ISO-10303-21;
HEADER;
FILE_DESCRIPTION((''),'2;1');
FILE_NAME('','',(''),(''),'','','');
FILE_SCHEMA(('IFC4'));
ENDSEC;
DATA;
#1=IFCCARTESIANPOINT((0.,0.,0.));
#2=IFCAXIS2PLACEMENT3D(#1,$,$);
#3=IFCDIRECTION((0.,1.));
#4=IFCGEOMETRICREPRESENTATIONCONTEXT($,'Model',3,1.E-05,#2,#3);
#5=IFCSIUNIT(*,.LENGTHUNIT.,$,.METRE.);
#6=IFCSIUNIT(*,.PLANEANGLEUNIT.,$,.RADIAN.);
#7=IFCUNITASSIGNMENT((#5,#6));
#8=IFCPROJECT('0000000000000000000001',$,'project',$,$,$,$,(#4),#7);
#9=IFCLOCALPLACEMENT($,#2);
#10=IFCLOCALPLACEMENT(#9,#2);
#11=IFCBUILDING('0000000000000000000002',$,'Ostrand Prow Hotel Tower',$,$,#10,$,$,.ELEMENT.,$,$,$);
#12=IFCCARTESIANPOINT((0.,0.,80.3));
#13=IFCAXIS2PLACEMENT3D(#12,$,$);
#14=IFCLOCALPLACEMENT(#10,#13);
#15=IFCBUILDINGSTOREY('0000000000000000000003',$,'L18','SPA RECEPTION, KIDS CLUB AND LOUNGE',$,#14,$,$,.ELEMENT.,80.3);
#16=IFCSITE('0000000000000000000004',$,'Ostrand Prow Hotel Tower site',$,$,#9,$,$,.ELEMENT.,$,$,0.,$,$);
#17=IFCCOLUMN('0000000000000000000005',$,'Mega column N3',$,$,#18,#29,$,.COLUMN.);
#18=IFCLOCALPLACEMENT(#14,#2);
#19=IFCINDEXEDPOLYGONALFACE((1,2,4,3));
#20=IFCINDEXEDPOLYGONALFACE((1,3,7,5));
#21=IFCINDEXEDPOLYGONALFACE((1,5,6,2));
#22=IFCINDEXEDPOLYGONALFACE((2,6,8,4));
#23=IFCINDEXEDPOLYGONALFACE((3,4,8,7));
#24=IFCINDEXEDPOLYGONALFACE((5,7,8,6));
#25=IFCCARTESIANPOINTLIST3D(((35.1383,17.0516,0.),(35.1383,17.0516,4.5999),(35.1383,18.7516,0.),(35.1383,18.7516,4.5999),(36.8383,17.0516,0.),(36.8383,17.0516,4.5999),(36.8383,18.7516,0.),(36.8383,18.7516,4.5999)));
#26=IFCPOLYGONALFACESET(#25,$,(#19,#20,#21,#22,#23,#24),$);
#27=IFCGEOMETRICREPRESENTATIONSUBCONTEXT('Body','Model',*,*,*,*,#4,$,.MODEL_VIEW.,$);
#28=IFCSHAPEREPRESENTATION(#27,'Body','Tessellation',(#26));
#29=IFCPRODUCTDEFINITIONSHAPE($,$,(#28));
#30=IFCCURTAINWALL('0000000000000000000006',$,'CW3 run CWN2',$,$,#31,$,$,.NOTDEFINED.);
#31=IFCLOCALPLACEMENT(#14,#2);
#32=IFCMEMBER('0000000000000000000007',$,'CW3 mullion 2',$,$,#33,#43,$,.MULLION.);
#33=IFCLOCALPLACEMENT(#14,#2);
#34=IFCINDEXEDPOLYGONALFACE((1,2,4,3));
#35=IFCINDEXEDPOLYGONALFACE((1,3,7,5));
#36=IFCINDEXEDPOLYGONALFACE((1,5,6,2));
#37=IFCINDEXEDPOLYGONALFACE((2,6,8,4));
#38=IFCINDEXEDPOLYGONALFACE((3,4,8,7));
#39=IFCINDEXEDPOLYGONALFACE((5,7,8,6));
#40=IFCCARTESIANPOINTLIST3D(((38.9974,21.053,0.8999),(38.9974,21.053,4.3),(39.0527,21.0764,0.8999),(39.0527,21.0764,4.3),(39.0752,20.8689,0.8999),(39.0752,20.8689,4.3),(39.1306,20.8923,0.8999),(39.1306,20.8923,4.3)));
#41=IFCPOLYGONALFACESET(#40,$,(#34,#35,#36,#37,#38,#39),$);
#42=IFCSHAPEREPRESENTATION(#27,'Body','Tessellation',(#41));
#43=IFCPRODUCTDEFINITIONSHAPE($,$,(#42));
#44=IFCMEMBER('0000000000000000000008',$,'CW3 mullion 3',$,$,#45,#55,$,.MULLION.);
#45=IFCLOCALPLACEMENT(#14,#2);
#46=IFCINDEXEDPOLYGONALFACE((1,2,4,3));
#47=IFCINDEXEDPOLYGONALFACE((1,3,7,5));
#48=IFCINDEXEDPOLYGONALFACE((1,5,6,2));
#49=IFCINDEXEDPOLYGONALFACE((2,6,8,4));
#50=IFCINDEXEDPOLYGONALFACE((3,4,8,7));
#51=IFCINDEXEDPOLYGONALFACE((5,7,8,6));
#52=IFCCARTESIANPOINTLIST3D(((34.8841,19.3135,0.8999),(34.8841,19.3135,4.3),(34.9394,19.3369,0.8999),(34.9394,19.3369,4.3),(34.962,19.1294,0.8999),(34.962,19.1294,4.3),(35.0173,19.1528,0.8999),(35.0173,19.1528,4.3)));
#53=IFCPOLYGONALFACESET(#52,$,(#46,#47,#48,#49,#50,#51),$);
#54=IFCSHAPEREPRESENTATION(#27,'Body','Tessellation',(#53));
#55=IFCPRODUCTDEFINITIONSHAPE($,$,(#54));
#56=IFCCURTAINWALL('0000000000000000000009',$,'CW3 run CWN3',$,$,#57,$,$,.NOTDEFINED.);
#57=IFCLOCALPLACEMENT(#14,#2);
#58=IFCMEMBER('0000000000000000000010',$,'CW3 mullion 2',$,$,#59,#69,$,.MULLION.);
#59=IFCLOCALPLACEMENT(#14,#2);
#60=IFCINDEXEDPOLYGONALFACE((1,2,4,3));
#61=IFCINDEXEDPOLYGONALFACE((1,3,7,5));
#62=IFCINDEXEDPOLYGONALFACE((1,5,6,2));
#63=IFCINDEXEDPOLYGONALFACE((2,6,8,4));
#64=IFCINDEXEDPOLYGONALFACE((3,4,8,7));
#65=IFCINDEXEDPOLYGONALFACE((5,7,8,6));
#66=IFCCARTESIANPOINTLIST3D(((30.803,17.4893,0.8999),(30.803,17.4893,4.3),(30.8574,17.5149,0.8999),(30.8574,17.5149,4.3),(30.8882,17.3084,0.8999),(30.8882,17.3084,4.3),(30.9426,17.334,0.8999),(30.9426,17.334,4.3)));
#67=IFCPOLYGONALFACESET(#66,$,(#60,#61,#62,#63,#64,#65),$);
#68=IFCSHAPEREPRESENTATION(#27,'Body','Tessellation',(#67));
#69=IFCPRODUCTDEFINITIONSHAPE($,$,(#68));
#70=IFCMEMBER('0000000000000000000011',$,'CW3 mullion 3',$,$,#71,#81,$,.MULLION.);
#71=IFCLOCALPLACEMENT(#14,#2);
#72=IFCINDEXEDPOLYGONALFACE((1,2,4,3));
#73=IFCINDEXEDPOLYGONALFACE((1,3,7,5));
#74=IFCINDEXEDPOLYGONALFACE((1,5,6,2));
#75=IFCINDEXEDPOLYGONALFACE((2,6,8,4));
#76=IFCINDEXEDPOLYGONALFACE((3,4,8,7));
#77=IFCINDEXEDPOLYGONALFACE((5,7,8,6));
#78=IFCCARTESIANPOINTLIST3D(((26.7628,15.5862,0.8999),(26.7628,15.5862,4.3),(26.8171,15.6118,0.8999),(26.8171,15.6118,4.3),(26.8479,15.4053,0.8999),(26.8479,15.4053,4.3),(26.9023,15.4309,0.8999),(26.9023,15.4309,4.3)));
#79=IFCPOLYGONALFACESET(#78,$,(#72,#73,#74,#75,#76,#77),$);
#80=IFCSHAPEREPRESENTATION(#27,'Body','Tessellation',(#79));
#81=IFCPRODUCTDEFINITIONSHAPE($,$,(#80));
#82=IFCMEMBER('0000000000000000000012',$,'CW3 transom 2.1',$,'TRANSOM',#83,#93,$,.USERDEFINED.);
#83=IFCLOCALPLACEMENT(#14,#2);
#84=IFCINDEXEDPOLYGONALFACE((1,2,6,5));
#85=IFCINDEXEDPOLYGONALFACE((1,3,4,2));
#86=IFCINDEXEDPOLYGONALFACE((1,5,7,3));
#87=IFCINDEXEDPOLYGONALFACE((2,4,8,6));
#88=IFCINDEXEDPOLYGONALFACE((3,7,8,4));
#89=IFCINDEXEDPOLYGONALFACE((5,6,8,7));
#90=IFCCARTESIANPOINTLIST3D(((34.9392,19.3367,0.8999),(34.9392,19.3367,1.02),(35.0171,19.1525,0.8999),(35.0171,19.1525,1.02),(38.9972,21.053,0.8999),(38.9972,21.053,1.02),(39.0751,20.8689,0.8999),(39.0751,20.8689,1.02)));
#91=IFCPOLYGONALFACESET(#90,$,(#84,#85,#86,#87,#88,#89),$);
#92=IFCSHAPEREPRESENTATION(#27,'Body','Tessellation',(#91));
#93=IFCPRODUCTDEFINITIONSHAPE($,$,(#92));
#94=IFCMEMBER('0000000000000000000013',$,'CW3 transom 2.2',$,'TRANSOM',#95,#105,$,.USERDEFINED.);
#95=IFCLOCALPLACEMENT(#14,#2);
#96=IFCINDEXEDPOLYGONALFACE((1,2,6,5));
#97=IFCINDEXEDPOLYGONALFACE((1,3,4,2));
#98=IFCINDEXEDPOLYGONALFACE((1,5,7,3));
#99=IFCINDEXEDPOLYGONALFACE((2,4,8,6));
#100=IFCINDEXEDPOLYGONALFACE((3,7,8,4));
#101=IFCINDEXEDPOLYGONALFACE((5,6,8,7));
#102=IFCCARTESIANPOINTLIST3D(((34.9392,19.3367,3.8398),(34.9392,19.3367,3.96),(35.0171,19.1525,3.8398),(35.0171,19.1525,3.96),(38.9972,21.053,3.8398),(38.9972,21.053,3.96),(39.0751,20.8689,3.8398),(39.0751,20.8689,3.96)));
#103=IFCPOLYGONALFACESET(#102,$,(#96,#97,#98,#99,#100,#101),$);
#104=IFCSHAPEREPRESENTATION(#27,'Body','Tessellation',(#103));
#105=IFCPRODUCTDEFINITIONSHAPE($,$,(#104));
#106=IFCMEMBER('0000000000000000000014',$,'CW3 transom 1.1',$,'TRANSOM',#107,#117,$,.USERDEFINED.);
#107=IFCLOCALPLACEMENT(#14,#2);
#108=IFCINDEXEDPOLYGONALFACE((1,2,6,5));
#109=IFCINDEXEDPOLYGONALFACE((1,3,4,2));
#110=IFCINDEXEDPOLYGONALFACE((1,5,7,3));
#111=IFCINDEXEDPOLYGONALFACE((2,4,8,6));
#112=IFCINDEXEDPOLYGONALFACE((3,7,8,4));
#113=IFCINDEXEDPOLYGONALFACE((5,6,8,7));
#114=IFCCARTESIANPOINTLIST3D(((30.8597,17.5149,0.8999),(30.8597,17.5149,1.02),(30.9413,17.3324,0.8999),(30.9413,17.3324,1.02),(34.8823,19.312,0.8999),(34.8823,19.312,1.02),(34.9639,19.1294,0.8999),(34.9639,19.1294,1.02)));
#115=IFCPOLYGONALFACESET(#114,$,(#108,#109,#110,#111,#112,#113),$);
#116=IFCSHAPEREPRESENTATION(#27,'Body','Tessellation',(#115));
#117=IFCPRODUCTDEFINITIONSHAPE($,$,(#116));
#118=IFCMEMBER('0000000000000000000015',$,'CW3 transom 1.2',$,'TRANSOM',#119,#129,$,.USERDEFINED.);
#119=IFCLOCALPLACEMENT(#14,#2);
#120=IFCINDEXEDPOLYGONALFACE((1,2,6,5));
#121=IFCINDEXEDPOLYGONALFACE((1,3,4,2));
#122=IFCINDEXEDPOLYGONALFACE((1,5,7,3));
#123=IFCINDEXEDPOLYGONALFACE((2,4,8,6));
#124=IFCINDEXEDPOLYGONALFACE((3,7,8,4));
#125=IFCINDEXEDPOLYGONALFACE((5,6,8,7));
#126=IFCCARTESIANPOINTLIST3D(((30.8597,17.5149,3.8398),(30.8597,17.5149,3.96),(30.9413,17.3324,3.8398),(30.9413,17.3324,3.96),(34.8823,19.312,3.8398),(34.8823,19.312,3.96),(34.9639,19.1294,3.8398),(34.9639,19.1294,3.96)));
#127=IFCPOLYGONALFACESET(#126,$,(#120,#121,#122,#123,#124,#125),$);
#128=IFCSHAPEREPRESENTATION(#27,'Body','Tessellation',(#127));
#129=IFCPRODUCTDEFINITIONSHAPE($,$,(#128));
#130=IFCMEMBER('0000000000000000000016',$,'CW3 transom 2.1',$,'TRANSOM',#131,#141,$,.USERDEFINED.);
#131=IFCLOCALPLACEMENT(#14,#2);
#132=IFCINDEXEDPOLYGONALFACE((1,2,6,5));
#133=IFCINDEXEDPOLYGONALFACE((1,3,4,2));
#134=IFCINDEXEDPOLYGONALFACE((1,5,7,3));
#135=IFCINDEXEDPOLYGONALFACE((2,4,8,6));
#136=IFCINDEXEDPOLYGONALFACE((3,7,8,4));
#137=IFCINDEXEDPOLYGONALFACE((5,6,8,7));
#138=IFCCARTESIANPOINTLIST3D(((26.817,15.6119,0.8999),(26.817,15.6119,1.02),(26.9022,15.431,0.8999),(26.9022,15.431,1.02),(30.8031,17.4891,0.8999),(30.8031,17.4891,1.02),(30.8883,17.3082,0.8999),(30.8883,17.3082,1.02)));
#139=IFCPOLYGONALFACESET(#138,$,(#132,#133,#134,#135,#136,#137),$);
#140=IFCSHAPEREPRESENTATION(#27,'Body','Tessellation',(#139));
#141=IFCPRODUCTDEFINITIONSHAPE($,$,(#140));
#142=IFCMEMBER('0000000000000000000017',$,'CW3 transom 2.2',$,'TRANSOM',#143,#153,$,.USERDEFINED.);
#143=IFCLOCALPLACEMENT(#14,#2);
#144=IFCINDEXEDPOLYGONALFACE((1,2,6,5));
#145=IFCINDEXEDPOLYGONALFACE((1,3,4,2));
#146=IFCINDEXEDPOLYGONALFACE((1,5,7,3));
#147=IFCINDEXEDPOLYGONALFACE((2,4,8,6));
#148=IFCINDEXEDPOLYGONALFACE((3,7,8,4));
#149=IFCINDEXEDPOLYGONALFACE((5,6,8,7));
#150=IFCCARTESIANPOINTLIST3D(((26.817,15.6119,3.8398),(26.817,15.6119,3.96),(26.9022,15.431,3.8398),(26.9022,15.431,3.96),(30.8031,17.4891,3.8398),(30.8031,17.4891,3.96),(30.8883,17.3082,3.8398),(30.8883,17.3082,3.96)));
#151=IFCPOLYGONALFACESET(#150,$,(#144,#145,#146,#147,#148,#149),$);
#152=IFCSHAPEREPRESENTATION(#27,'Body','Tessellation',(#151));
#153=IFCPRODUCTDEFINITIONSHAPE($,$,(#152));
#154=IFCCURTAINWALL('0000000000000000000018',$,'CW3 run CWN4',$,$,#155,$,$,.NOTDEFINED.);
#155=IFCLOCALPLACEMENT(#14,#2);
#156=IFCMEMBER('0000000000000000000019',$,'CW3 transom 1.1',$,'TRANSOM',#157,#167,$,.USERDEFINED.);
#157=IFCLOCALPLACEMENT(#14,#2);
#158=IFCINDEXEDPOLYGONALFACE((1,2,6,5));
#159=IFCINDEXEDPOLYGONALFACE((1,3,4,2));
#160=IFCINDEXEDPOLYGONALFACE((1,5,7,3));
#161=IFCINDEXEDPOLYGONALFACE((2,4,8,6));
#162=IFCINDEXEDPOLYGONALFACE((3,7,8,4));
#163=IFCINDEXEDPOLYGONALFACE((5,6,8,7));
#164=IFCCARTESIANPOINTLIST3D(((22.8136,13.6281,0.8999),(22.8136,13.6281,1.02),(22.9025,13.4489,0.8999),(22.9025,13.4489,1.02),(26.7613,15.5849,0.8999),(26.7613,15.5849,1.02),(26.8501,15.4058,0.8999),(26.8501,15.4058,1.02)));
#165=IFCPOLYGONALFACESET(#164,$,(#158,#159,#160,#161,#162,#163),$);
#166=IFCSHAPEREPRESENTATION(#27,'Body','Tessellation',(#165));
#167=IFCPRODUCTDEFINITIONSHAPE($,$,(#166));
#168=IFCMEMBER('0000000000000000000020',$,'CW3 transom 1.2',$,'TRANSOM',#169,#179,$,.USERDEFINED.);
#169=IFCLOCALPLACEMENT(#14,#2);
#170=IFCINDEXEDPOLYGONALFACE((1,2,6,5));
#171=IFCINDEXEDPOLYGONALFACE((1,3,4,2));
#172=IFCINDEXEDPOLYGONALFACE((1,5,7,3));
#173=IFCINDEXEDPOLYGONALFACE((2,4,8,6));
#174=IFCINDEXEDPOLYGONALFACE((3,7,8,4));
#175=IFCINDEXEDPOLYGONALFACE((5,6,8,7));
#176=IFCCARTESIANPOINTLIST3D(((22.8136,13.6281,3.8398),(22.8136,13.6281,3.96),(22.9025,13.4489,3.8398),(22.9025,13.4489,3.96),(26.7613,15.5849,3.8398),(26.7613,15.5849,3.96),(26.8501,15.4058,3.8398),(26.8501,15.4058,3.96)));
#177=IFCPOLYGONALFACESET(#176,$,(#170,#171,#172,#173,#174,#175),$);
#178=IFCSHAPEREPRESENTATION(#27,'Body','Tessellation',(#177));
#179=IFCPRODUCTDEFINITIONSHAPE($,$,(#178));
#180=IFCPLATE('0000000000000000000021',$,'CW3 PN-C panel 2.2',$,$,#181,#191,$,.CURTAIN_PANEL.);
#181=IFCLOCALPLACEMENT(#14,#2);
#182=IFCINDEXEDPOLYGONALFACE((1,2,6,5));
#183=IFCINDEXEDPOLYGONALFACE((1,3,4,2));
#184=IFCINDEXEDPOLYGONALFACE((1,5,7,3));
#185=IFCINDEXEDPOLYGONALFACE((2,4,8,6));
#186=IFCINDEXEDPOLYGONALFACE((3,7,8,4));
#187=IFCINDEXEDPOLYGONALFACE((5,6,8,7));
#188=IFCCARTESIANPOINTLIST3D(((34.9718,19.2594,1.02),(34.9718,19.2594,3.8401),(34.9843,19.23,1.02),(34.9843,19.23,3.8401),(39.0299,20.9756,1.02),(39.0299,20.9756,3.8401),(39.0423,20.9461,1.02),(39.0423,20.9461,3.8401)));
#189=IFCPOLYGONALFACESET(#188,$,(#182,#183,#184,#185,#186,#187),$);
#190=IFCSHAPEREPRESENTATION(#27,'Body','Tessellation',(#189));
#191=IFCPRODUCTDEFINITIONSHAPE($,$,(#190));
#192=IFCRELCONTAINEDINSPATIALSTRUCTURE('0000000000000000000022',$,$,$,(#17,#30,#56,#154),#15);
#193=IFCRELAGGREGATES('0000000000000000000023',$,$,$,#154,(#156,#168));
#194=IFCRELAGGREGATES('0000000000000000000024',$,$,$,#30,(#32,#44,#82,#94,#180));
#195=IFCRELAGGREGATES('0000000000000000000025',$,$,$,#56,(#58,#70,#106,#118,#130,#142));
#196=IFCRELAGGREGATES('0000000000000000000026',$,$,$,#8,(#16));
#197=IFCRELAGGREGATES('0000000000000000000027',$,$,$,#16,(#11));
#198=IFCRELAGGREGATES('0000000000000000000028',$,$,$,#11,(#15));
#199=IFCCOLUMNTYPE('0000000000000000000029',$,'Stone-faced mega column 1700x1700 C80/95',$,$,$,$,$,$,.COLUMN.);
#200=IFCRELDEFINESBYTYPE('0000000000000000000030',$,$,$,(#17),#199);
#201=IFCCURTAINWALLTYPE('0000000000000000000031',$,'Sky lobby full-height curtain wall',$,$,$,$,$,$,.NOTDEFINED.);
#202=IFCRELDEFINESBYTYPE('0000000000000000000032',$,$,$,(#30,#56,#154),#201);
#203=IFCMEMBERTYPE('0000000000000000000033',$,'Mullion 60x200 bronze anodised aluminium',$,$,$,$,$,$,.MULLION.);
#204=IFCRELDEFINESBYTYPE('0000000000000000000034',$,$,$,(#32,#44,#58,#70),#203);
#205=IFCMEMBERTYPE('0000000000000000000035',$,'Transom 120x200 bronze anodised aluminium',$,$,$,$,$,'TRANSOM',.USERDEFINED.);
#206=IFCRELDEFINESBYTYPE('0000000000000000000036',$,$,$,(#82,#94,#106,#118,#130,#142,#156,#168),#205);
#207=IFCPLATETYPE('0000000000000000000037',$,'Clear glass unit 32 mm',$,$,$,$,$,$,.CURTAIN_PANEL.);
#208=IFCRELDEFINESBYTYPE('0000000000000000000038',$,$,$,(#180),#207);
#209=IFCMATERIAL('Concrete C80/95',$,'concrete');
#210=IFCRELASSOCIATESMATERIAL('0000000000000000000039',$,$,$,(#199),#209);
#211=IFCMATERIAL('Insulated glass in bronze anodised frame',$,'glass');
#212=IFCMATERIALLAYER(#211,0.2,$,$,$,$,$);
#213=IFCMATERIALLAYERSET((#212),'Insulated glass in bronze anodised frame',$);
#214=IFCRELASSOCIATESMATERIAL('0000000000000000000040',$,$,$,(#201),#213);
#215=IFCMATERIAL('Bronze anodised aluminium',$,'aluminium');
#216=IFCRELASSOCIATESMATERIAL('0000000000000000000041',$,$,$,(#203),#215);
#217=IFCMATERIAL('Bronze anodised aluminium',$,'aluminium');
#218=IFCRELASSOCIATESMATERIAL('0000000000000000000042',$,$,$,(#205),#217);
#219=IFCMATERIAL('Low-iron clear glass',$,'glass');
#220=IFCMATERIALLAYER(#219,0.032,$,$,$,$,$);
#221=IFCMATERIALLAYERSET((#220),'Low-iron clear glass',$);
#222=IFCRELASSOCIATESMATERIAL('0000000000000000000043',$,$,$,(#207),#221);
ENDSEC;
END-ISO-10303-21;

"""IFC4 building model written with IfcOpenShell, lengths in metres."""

from ifc_helpers import new_model, si_unit, direction, frame, origin, origin_2d, place, context, subcontext, project, spatial, rectangle, extrude, material, layer, layer_set, material_profile, profile_set, type_object, element, aggregate, save


model = new_model("IFC4")

# Units and contexts
model_context = context("Model", 3, precision=1e-05, world=origin(), true_north=direction((0.0, 1.0)))
body_context = subcontext(model_context, "Body", "Model", "MODEL_VIEW")
ifc_project = project(units=[si_unit("LENGTHUNIT", "METRE"), si_unit("PLANEANGLEUNIT", "RADIAN")], contexts=[model_context])

# Site, building, storey
site_placement = place(None, origin())
site = spatial("IfcSite", under=ifc_project, at=site_placement, Name="Ostrand Prow Hotel Tower site", CompositionType="ELEMENT", RefElevation=0.0)
building_placement = place(site_placement, origin())
building = spatial("IfcBuilding", under=site, at=building_placement, Name="Ostrand Prow Hotel Tower", CompositionType="ELEMENT")
storey_placement = place(building_placement, frame((0.0, 0.0, 80.3)))
storey = spatial("IfcBuildingStorey", under=building, at=storey_placement, Name="L18", Description="SPA RECEPTION, KIDS CLUB AND LOUNGE", CompositionType="ELEMENT", Elevation=80.3)

# Column
ifc_material_1 = material(Name="Concrete C80/95", Category="concrete")
ifc_material_profile_1 = material_profile(ifc_material_1, rectangle(XDim=1.7, YDim=1.7, at=origin_2d()), Name="RC 1700x1700")
ifc_profile_set_1 = profile_set([ifc_material_profile_1], Name="Concrete C80/95")
column_type = type_object("IfcColumnType", Name="Stone-faced mega column 1700x1700 C80/95", PredefinedType="COLUMN", material=ifc_profile_set_1)
column_placement = place(storey_placement, frame((35.9883, 17.9016, 0.0), z_axis=(0.0, 0.0, 1.0), x_axis=(1.0, 0.0, 0.0)))
element("IfcColumn", 1, at=column_placement, inside=storey, type_object=column_type, Name="Mega column N3", PredefinedType="COLUMN", context=body_context, shape_type="SweptSolid", body=[
    extrude(rectangle(XDim=1.7, YDim=1.7, at=origin_2d()), origin(), (0.0, 0.0, 1.0), 4.5999),
])

# Curtain walls, members
ifc_material_2 = material(Name="Insulated glass in bronze anodised frame", Category="glass")
ifc_layer_1 = layer(ifc_material_2, 0.2)
ifc_layer_set_1 = layer_set([ifc_layer_1], Name="Insulated glass in bronze anodised frame")
curtain_wall_type = type_object("IfcCurtainWallType", Name="Sky lobby full-height curtain wall", PredefinedType="NOTDEFINED", material=ifc_layer_set_1)
curtain_wall_1_placement = place(storey_placement, origin())
curtain_wall_1 = element("IfcCurtainWall", 2, at=curtain_wall_1_placement, inside=storey, type_object=curtain_wall_type, Name="CW3 run CWN2", PredefinedType="NOTDEFINED")
ifc_material_3 = material(Name="Bronze anodised aluminium", Category="aluminium")
ifc_material_profile_2 = material_profile(ifc_material_3, rectangle(XDim=0.2, YDim=0.0601, at=origin_2d()), Name="Mullion 60x200 bronze anodised aluminium")
ifc_profile_set_2 = profile_set([ifc_material_profile_2], Name="Bronze anodised aluminium")
member_type_1 = type_object("IfcMemberType", Name="Mullion 60x200 bronze anodised aluminium", PredefinedType="MULLION", material=ifc_profile_set_2)
member_1_placement = place(storey_placement, frame((39.064, 20.9727, 0.8999), z_axis=(0.0, 0.0, 1.0), x_axis=(0.389507, -0.921024, 0.0)))
member_1 = element("IfcMember", 3, at=member_1_placement, type_object=member_type_1, Name="CW3 mullion 2", PredefinedType="MULLION", context=body_context, shape_type="SweptSolid", body=[
    extrude(rectangle(XDim=0.2, YDim=0.0601, at=origin_2d()), origin(), (0.0, 0.0, 1.0), 3.4001),
])
member_2_placement = place(storey_placement, frame((34.9507, 19.2332, 0.8999), z_axis=(0.0, 0.0, 1.0), x_axis=(0.389507, -0.921024, 0.0)))
member_2 = element("IfcMember", 4, at=member_2_placement, type_object=member_type_1, Name="CW3 mullion 3", PredefinedType="MULLION", context=body_context, shape_type="SweptSolid", body=[
    extrude(rectangle(XDim=0.2, YDim=0.0601, at=origin_2d()), origin(), (0.0, 0.0, 1.0), 3.4001),
])
curtain_wall_2_placement = place(storey_placement, origin())
curtain_wall_2 = element("IfcCurtainWall", 5, at=curtain_wall_2_placement, inside=storey, type_object=curtain_wall_type, Name="CW3 run CWN3", PredefinedType="NOTDEFINED")
member_3_placement = place(storey_placement, frame((30.8728, 17.4116, 0.8999), z_axis=(0.0, 0.0, 1.0), x_axis=(0.426079, -0.904686, 0.0)))
member_3 = element("IfcMember", 6, at=member_3_placement, type_object=member_type_1, Name="CW3 mullion 2", PredefinedType="MULLION", context=body_context, shape_type="SweptSolid", body=[
    extrude(rectangle(XDim=0.2, YDim=0.0601, at=origin_2d()), origin(), (0.0, 0.0, 1.0), 3.4001),
])
member_4_placement = place(storey_placement, frame((26.8325, 15.5085, 0.8999), z_axis=(0.0, 0.0, 1.0), x_axis=(0.426079, -0.904686, 0.0)))
member_4 = element("IfcMember", 7, at=member_4_placement, type_object=member_type_1, Name="CW3 mullion 3", PredefinedType="MULLION", context=body_context, shape_type="SweptSolid", body=[
    extrude(rectangle(XDim=0.2, YDim=0.0601, at=origin_2d()), origin(), (0.0, 0.0, 1.0), 3.4001),
])

# Members
ifc_material_4 = material(Name="Bronze anodised aluminium", Category="aluminium")
ifc_material_profile_3 = material_profile(ifc_material_4, rectangle(XDim=0.2, YDim=0.1201, at=origin_2d()), Name="Transom 120x200 bronze anodised aluminium")
ifc_profile_set_3 = profile_set([ifc_material_profile_3], Name="Bronze anodised aluminium")
member_type_2 = type_object("IfcMemberType", Name="Transom 120x200 bronze anodised aluminium", ElementType="TRANSOM", PredefinedType="USERDEFINED", material=ifc_profile_set_3)
member_5_placement = place(storey_placement, frame((39.0361, 20.9609, 0.96), z_axis=(-0.921006, -0.389548, 0.0), x_axis=(0.389548, -0.921006, 0.0)))
member_5 = element("IfcMember", 8, at=member_5_placement, type_object=member_type_2, Name="CW3 transom 2.1", ObjectType="TRANSOM", PredefinedType="USERDEFINED", context=body_context, shape_type="SweptSolid", body=[
    extrude(rectangle(XDim=0.2, YDim=0.1201, at=origin_2d()), origin(), (0.0, 0.0, 1.0), 4.406),
])
member_6_placement = place(storey_placement, frame((39.0361, 20.9609, 3.8999), z_axis=(-0.921006, -0.389548, 0.0), x_axis=(0.389548, -0.921006, 0.0)))
member_6 = element("IfcMember", 9, at=member_6_placement, type_object=member_type_2, Name="CW3 transom 2.2", ObjectType="TRANSOM", PredefinedType="USERDEFINED", context=body_context, shape_type="SweptSolid", body=[
    extrude(rectangle(XDim=0.2, YDim=0.1201, at=origin_2d()), origin(), (0.0, 0.0, 1.0), 4.406),
])
member_7_placement = place(storey_placement, frame((34.9231, 19.2207, 0.96), z_axis=(-0.913031, -0.407891, 0.0), x_axis=(0.407891, -0.913031, 0.0)))
member_7 = element("IfcMember", 10, at=member_7_placement, type_object=member_type_2, Name="CW3 transom 1.1", ObjectType="TRANSOM", PredefinedType="USERDEFINED", context=body_context, shape_type="SweptSolid", body=[
    extrude(rectangle(XDim=0.2, YDim=0.1201, at=origin_2d()), origin(), (0.0, 0.0, 1.0), 4.4058),
])
member_8_placement = place(storey_placement, frame((34.9231, 19.2207, 3.8999), z_axis=(-0.913031, -0.407891, 0.0), x_axis=(0.407891, -0.913031, 0.0)))
member_8 = element("IfcMember", 11, at=member_8_placement, type_object=member_type_2, Name="CW3 transom 1.2", ObjectType="TRANSOM", PredefinedType="USERDEFINED", context=body_context, shape_type="SweptSolid", body=[
    extrude(rectangle(XDim=0.2, YDim=0.1201, at=origin_2d()), origin(), (0.0, 0.0, 1.0), 4.4058),
])
member_9_placement = place(storey_placement, frame((30.8457, 17.3987, 0.96), z_axis=(-0.904697, -0.426056, 0.0), x_axis=(0.426056, -0.904697, 0.0)))
member_9 = element("IfcMember", 12, at=member_9_placement, type_object=member_type_2, Name="CW3 transom 2.1", ObjectType="TRANSOM", PredefinedType="USERDEFINED", context=body_context, shape_type="SweptSolid", body=[
    extrude(rectangle(XDim=0.2, YDim=0.1201, at=origin_2d()), origin(), (0.0, 0.0, 1.0), 4.406),
])
member_10_placement = place(storey_placement, frame((30.8457, 17.3987, 3.8999), z_axis=(-0.904697, -0.426056, 0.0), x_axis=(0.426056, -0.904697, 0.0)))
member_10 = element("IfcMember", 13, at=member_10_placement, type_object=member_type_2, Name="CW3 transom 2.2", ObjectType="TRANSOM", PredefinedType="USERDEFINED", context=body_context, shape_type="SweptSolid", body=[
    extrude(rectangle(XDim=0.2, YDim=0.1201, at=origin_2d()), origin(), (0.0, 0.0, 1.0), 4.406),
])

# Curtain wall, members
curtain_wall_3_placement = place(storey_placement, origin())
curtain_wall_3 = element("IfcCurtainWall", 14, at=curtain_wall_3_placement, inside=storey, type_object=curtain_wall_type, Name="CW3 run CWN4", PredefinedType="NOTDEFINED")
member_11_placement = place(storey_placement, frame((26.8057, 15.4954, 0.96), z_axis=(-0.895962, -0.44413, 0.0), x_axis=(0.44413, -0.895962, 0.0)))
member_11 = element("IfcMember", 15, at=member_11_placement, type_object=member_type_2, Name="CW3 transom 1.1", ObjectType="TRANSOM", PredefinedType="USERDEFINED", context=body_context, shape_type="SweptSolid", body=[
    extrude(rectangle(XDim=0.2, YDim=0.1201, at=origin_2d()), origin(), (0.0, 0.0, 1.0), 4.406),
])
member_12_placement = place(storey_placement, frame((26.8057, 15.4954, 3.8999), z_axis=(-0.895962, -0.44413, 0.0), x_axis=(0.44413, -0.895962, 0.0)))
member_12 = element("IfcMember", 16, at=member_12_placement, type_object=member_type_2, Name="CW3 transom 1.2", ObjectType="TRANSOM", PredefinedType="USERDEFINED", context=body_context, shape_type="SweptSolid", body=[
    extrude(rectangle(XDim=0.2, YDim=0.1201, at=origin_2d()), origin(), (0.0, 0.0, 1.0), 4.406),
])
aggregate(curtain_wall_3, [member_11, member_12])

# Plate
ifc_material_5 = material(Name="Low-iron clear glass", Category="glass")
ifc_layer_2 = layer(ifc_material_5, 0.032)
ifc_layer_set_2 = layer_set([ifc_layer_2], Name="Low-iron clear glass")
plate_type_1 = type_object("IfcPlateType", Name="Clear glass unit 32 mm", PredefinedType="CURTAIN_PANEL", material=ifc_layer_set_2)
plate_1_placement = place(storey_placement, frame((37.0071, 20.1028, 1.02), z_axis=(0.0, 0.0, 1.0), x_axis=(-0.921024, -0.389507, 0.0)))
plate_1 = element("IfcPlate", 17, at=plate_1_placement, type_object=plate_type_1, Name="CW3 PN-C panel 2.2", PredefinedType="CURTAIN_PANEL", context=body_context, shape_type="SweptSolid", body=[
    extrude(rectangle(XDim=4.406, YDim=0.032, at=origin_2d()), origin(), (0.0, 0.0, 1.0), 2.8201),
])
aggregate(curtain_wall_1, [member_1, member_2, member_5, member_6, plate_1])
aggregate(curtain_wall_2, [member_3, member_4, member_7, member_8, member_9, member_10])

save(model, "model.ifc")
